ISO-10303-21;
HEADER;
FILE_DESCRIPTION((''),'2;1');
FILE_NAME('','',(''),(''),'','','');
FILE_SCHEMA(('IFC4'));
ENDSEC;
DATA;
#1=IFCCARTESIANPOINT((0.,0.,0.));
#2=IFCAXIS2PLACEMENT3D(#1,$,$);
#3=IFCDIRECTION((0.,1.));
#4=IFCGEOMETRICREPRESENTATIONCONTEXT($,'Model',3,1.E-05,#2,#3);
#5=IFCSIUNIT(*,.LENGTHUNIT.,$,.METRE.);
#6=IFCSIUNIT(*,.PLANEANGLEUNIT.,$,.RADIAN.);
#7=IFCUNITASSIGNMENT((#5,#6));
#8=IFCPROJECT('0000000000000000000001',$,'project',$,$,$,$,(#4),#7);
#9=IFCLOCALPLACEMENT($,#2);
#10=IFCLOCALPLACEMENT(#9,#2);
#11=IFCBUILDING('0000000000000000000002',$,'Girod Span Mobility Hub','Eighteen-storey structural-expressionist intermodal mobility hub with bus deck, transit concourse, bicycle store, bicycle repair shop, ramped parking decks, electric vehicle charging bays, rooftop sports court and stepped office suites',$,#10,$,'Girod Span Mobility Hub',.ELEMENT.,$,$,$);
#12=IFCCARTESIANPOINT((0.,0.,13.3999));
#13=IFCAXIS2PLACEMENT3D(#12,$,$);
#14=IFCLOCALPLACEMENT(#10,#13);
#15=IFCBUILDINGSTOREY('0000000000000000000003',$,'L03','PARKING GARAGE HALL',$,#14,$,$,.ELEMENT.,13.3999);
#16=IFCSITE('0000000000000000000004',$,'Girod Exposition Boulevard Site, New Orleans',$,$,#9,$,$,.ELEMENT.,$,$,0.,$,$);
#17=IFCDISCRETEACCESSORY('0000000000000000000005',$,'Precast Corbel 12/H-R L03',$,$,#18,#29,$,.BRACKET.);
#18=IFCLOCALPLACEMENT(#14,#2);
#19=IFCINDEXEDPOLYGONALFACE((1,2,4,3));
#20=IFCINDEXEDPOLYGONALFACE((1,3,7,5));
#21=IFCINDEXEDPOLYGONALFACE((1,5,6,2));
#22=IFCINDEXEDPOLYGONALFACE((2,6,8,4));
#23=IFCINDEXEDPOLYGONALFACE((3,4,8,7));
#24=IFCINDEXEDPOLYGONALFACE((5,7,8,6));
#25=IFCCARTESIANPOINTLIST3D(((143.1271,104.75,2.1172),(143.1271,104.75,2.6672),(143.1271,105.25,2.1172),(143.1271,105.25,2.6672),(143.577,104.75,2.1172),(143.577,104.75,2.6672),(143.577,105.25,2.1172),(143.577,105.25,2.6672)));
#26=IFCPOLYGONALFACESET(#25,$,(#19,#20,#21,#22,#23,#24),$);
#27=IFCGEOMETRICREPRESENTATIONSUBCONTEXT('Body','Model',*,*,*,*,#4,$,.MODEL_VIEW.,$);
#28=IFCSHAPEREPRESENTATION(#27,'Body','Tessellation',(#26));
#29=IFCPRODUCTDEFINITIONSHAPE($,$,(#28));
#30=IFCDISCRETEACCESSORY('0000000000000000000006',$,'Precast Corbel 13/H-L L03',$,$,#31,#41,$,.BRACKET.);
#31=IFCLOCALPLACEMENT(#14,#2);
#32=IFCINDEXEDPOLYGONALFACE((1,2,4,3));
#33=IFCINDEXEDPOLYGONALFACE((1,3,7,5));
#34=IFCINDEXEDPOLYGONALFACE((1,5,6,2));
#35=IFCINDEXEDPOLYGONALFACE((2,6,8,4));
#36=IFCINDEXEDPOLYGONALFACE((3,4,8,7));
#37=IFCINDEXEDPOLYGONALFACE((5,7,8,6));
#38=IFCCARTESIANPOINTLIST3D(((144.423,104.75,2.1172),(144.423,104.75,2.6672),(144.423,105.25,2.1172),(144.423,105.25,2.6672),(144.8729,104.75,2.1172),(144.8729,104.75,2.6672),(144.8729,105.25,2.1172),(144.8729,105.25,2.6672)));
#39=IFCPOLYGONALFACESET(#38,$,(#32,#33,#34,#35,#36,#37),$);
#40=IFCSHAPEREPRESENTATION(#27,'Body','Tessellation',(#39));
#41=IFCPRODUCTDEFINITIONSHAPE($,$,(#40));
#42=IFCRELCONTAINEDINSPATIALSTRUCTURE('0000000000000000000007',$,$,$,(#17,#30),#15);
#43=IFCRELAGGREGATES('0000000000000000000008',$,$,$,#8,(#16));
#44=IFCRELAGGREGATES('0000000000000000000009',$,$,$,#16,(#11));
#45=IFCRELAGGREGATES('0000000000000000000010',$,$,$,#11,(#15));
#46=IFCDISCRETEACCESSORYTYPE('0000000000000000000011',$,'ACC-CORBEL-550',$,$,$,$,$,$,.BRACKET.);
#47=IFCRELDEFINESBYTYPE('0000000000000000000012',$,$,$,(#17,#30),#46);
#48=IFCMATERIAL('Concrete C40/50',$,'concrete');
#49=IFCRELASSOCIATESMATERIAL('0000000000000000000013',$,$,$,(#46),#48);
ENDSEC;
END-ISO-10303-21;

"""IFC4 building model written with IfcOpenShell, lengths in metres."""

from ifc_helpers import new_model, si_unit, direction, frame, origin, origin_2d, place, context, subcontext, project, spatial, rectangle, extrude, material, type_object, element, save


model = new_model("IFC4")

# Units and contexts
model_context = context("Model", 3, precision=1e-05, world=origin(), true_north=direction((0.0, 1.0)))
body_context = subcontext(model_context, "Body", "Model", "MODEL_VIEW")
ifc_project = project(units=[si_unit("LENGTHUNIT", "METRE"), si_unit("PLANEANGLEUNIT", "RADIAN")], contexts=[model_context])

# Site, building, storey
site_placement = place(None, origin())
site = spatial("IfcSite", under=ifc_project, at=site_placement, Name="Girod Exposition Boulevard Site, New Orleans", CompositionType="ELEMENT", RefElevation=0.0)
building_placement = place(site_placement, origin())
building = spatial("IfcBuilding", under=site, at=building_placement, Name="Girod Span Mobility Hub", Description="Eighteen-storey structural-expressionist intermodal mobility hub with bus deck, transit concourse, bicycle store, bicycle repair shop, ramped parking decks, electric vehicle charging bays, rooftop sports court and stepped office suites", LongName="Girod Span Mobility Hub", CompositionType="ELEMENT")
storey_placement = place(building_placement, frame((0.0, 0.0, 13.3999)))
storey = spatial("IfcBuildingStorey", under=building, at=storey_placement, Name="L03", Description="PARKING GARAGE HALL", CompositionType="ELEMENT", Elevation=13.3999)

# Discrete accessories
ifc_material_1 = material(Name="Concrete C40/50", Category="concrete")
discrete_accessory_type = type_object("IfcDiscreteAccessoryType", Name="ACC-CORBEL-550", PredefinedType="BRACKET", material=ifc_material_1)
for number, where, z_axis, x_axis, name in (
    (1, (143.3521, 105.0, 2.1172), (0.0, 0.0, 1.0), (1.0, 0.0, 0.0), "Precast Corbel 12/H-R L03"),
    (2, (144.6479, 105.0, 2.1172), (0.0, 0.0, 1.0), (1.0, 0.0, 0.0), "Precast Corbel 13/H-L L03"),
):
    element("IfcDiscreteAccessory", number, at=place(storey_placement, frame(where, z_axis=z_axis, x_axis=x_axis)), inside=storey, type_object=discrete_accessory_type, Name=name, PredefinedType="BRACKET", context=body_context, shape_type="SweptSolid", body=[
        extrude(rectangle(XDim=0.45, YDim=0.5, at=origin_2d()), origin(), (0.0, 0.0, 1.0), 0.55),
    ])

save(model, "model.ifc")
